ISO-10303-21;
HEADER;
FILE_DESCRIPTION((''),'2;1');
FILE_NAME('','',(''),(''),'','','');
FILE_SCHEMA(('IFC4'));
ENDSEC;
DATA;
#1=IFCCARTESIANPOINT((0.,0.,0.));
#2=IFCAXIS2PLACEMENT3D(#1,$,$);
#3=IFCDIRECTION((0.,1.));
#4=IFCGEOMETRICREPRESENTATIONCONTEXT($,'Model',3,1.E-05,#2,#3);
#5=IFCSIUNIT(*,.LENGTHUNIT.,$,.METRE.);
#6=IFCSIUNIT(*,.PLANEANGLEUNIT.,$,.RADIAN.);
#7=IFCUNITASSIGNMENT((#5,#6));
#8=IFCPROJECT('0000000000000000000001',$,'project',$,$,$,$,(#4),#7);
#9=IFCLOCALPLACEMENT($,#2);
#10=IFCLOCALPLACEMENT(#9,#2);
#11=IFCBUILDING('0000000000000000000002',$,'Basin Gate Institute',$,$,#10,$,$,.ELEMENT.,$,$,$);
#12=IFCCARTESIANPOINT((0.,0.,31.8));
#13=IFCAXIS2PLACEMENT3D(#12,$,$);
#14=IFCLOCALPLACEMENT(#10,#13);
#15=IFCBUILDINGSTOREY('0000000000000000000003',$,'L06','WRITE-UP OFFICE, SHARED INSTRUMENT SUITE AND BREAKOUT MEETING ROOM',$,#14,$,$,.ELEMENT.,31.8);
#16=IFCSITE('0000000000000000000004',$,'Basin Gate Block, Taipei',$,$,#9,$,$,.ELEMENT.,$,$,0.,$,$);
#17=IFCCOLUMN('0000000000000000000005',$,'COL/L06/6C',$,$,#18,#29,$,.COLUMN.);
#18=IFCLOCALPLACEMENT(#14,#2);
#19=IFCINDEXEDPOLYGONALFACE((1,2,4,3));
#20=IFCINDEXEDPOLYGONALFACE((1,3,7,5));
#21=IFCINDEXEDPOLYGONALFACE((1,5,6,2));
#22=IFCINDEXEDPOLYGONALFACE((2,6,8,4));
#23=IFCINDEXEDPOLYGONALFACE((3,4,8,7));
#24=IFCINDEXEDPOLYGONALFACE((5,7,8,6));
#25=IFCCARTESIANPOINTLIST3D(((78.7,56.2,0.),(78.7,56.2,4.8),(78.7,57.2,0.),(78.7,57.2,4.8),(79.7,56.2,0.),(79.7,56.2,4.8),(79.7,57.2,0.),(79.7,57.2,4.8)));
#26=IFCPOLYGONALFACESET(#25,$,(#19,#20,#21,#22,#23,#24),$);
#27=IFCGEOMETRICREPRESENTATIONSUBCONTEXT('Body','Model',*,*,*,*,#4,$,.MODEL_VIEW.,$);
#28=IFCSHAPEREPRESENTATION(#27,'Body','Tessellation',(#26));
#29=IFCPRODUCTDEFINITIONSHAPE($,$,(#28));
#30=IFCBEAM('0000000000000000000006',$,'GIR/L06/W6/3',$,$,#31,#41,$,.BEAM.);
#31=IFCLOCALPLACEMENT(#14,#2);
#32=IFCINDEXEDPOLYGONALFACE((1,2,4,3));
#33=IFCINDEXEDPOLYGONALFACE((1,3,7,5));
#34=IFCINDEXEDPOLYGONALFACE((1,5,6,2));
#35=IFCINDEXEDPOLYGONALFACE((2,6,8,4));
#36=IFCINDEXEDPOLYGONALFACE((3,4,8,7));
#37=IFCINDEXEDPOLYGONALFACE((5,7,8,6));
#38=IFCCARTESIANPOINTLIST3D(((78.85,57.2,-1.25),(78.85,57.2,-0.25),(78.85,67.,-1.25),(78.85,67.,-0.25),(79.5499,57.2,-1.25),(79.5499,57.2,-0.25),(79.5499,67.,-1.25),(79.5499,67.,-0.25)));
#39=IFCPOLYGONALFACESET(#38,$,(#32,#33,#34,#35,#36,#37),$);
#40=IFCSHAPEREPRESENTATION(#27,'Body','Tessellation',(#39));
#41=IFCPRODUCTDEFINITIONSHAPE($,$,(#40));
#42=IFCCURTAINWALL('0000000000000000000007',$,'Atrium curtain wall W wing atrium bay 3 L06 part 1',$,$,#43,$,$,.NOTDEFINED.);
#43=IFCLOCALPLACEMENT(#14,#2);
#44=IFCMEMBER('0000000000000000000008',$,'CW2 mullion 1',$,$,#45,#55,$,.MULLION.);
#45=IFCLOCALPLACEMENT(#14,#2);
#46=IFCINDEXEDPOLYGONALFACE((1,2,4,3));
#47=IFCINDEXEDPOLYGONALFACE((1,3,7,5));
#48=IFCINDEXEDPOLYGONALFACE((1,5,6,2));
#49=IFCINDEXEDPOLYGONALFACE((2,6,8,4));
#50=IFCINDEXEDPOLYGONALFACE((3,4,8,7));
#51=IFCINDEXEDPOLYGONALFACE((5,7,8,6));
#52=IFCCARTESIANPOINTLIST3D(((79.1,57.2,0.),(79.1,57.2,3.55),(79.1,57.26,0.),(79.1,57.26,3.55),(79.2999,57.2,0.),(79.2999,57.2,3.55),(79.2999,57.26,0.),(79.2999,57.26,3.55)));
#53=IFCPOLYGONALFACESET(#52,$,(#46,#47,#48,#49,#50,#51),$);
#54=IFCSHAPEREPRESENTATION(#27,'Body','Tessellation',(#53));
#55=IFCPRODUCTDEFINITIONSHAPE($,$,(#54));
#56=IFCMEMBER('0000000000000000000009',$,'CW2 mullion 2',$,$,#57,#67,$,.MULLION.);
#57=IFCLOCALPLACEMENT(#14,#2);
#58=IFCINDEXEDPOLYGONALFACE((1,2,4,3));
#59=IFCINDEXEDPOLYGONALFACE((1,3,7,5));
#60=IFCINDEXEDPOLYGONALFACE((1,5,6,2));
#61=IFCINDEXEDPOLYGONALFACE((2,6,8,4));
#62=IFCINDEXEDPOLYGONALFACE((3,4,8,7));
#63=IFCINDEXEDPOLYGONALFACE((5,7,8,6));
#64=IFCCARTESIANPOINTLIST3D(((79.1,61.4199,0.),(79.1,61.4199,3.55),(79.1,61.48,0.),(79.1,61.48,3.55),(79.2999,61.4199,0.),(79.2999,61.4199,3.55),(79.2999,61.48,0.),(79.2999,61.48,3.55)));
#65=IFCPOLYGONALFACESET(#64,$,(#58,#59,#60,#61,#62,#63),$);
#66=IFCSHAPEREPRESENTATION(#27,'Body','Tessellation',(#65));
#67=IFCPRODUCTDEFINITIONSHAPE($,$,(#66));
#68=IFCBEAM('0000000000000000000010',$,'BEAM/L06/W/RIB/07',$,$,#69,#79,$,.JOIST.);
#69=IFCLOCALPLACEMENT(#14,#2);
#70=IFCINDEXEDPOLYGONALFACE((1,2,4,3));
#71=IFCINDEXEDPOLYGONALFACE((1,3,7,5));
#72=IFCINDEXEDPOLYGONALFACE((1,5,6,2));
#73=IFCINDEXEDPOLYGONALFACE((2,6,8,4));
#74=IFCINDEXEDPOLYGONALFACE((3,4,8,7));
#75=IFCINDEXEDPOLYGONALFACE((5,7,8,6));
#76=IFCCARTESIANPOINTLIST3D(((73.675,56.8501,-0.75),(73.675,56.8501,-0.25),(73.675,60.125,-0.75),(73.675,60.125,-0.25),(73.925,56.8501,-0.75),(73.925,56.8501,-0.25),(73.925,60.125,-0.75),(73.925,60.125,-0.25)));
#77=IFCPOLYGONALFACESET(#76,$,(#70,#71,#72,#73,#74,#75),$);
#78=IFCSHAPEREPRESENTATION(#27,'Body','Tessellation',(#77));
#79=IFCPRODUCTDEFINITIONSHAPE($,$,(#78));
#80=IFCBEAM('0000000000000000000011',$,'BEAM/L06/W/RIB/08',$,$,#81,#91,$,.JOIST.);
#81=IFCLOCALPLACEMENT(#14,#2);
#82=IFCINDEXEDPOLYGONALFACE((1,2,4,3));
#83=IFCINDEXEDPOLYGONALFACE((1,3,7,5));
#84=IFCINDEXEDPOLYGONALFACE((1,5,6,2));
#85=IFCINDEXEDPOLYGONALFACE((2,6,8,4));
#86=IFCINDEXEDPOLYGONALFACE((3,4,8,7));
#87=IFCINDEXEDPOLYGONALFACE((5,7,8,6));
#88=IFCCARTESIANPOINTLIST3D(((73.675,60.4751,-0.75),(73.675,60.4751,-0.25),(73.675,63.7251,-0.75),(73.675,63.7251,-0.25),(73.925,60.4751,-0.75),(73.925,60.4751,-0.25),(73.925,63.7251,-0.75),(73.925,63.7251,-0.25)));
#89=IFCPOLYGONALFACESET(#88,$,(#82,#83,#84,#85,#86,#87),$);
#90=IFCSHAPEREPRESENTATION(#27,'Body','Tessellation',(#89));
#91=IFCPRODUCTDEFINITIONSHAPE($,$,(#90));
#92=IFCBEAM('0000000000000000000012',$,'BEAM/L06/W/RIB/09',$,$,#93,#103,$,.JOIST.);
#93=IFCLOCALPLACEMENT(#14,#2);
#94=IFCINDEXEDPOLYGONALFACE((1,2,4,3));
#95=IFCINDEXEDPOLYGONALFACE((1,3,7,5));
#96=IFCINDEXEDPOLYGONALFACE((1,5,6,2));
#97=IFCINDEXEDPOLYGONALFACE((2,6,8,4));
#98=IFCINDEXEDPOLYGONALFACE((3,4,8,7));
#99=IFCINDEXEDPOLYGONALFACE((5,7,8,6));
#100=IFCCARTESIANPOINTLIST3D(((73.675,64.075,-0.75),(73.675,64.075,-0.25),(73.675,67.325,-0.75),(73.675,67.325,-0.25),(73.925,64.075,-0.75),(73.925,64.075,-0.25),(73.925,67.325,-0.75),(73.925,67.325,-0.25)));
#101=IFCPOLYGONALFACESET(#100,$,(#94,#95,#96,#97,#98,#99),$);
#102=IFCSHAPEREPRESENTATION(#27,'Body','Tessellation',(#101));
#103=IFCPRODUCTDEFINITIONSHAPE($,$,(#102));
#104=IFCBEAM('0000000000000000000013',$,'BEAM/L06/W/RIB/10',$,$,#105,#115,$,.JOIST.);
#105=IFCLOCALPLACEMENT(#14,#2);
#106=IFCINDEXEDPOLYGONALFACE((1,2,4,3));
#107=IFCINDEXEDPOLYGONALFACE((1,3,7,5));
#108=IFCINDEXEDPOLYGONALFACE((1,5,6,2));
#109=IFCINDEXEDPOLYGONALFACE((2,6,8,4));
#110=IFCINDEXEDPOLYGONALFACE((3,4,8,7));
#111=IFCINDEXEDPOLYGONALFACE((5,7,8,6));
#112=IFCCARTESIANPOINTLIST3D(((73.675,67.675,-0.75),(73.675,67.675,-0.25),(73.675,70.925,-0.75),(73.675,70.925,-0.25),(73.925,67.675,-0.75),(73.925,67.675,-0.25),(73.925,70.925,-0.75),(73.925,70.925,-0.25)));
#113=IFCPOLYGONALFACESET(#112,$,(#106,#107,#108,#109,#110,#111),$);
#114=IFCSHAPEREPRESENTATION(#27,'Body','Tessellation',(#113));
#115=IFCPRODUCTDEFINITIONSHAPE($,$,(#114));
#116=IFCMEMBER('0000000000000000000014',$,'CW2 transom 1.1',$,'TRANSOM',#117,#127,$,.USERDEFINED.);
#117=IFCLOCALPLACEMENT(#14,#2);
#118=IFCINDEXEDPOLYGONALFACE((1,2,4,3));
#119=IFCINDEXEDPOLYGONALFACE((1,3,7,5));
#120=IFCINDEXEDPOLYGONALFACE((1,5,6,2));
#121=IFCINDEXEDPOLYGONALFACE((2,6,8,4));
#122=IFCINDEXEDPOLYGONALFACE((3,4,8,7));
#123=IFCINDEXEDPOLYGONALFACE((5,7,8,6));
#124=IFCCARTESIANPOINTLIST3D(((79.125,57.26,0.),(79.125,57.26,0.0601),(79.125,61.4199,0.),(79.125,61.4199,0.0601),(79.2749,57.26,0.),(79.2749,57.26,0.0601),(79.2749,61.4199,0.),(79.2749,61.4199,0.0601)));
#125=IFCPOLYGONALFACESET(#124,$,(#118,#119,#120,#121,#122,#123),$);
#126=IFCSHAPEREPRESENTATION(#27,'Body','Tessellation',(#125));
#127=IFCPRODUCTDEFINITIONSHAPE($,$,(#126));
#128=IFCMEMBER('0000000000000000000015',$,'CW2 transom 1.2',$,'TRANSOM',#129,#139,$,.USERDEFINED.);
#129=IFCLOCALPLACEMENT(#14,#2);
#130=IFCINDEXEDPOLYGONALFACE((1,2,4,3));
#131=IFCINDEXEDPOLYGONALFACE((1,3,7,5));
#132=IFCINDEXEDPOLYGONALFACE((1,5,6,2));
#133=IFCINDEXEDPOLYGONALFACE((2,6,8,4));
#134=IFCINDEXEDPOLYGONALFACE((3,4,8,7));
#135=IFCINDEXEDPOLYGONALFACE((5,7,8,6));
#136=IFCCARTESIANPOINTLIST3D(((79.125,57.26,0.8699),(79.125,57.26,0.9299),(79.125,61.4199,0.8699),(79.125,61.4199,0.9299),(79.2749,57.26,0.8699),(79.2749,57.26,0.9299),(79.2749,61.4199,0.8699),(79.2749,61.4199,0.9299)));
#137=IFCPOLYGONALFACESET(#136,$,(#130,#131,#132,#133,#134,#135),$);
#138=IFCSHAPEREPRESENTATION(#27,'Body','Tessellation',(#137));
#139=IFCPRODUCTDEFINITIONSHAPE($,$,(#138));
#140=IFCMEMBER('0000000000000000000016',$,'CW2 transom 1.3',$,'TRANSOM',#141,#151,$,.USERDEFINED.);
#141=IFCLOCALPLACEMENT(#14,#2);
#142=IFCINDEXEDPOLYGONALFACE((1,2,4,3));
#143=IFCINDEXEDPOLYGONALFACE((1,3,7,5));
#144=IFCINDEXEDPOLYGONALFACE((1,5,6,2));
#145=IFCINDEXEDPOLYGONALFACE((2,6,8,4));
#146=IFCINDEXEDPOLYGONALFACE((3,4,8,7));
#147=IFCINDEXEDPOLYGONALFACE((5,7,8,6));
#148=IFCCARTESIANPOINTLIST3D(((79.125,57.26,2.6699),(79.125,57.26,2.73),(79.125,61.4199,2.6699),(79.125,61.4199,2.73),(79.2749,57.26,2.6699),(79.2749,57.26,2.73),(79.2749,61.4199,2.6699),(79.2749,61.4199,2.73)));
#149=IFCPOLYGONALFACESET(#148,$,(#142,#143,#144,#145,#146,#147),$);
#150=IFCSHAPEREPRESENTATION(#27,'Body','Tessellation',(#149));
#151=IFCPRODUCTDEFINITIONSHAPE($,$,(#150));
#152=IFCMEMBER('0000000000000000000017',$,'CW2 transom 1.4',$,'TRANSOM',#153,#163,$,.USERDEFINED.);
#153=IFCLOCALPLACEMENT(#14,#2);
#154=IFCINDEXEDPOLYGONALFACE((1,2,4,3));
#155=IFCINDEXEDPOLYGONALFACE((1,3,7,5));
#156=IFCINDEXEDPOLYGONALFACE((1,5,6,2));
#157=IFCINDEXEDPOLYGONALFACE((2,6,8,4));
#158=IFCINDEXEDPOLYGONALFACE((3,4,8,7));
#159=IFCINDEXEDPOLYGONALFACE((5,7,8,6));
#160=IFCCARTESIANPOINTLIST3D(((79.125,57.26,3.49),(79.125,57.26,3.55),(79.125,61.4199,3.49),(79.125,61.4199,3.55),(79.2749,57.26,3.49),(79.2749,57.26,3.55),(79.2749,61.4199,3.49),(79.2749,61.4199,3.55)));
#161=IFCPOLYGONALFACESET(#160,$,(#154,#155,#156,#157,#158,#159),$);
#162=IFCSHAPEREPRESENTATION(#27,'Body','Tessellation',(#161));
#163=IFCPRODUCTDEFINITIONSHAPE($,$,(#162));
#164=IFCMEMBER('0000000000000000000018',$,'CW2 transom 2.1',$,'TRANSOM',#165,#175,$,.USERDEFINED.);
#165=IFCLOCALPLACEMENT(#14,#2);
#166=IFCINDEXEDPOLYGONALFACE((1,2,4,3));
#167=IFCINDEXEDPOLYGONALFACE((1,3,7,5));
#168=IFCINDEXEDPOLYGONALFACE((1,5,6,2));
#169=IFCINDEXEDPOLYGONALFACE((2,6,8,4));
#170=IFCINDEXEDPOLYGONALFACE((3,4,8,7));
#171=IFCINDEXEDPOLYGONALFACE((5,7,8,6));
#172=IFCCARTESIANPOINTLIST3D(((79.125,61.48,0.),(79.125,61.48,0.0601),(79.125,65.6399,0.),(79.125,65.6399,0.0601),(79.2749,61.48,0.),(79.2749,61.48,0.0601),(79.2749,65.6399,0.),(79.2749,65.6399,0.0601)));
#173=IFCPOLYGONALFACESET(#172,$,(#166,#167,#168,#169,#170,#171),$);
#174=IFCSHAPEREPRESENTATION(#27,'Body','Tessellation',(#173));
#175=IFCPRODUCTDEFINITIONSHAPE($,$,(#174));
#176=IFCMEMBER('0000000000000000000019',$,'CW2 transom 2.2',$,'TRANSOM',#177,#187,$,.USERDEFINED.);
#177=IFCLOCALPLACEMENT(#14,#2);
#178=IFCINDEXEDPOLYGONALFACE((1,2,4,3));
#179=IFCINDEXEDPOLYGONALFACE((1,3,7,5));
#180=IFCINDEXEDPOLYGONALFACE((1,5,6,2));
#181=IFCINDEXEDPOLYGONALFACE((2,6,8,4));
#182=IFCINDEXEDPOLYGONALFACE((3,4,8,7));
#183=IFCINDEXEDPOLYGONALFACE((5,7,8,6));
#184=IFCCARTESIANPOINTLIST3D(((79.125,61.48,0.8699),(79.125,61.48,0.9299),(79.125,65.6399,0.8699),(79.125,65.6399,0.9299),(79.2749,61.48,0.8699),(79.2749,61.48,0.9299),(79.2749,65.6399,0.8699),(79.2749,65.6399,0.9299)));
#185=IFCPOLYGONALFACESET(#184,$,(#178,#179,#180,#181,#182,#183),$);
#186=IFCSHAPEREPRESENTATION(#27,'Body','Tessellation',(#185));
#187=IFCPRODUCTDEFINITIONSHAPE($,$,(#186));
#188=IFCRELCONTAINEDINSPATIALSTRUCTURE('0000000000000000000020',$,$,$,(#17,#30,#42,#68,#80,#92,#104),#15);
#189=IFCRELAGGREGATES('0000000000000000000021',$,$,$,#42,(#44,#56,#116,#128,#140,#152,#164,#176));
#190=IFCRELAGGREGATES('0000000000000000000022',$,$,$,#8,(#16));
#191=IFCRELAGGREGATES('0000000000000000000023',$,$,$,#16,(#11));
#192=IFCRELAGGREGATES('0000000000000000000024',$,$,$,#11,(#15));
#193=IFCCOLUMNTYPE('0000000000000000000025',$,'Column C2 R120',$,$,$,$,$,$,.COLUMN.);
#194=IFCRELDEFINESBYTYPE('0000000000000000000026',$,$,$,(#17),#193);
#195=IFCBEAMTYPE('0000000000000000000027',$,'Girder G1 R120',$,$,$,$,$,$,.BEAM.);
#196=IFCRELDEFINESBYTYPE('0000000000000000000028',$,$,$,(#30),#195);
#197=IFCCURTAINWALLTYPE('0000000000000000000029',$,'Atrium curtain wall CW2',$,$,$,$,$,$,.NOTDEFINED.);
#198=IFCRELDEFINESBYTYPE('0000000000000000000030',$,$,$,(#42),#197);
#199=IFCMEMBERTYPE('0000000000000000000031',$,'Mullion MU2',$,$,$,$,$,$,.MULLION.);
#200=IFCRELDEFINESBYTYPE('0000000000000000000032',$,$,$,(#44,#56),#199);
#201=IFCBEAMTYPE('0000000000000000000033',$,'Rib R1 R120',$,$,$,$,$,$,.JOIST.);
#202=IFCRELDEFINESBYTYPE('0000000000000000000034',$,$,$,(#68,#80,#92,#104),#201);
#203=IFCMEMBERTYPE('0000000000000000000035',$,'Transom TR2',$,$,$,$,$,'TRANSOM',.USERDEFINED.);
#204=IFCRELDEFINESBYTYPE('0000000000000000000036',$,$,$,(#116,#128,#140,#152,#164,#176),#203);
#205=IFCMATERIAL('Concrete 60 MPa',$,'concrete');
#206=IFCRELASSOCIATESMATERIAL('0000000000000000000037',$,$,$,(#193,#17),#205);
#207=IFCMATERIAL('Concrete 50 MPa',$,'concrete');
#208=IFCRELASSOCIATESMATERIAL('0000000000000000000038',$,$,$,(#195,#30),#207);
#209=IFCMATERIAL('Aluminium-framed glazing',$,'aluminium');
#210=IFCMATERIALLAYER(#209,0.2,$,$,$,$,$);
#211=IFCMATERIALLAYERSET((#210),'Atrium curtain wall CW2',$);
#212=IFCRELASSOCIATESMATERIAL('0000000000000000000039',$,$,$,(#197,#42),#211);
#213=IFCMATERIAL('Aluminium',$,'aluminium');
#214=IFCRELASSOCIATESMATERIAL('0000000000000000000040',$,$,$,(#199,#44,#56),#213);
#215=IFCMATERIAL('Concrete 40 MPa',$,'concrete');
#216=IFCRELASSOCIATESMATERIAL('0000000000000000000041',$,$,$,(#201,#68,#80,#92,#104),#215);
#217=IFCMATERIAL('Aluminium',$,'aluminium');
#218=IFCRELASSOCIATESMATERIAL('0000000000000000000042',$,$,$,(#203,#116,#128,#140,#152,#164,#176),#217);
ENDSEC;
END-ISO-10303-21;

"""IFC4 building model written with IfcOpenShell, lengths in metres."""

from ifc_helpers import new_model, si_unit, direction, frame, origin, origin_2d, place, context, subcontext, project, spatial, rectangle, extrude, material, layer, layer_set, material_profile, profile_set, type_object, element, aggregate, save


model = new_model("IFC4")

# Units and contexts
model_context = context("Model", 3, precision=1e-05, world=origin(), true_north=direction((0.0, 1.0)))
body_context = subcontext(model_context, "Body", "Model", "MODEL_VIEW")
ifc_project = project(units=[si_unit("LENGTHUNIT", "METRE"), si_unit("PLANEANGLEUNIT", "RADIAN")], contexts=[model_context])

# Site, building, storey
site_placement = place(None, origin())
site = spatial("IfcSite", under=ifc_project, at=site_placement, Name="Basin Gate Block, Taipei", CompositionType="ELEMENT", RefElevation=0.0)
building_placement = place(site_placement, origin())
building = spatial("IfcBuilding", under=site, at=building_placement, Name="Basin Gate Institute", CompositionType="ELEMENT")
storey_placement = place(building_placement, frame((0.0, 0.0, 31.8)))
storey = spatial("IfcBuildingStorey", under=building, at=storey_placement, Name="L06", Description="WRITE-UP OFFICE, SHARED INSTRUMENT SUITE AND BREAKOUT MEETING ROOM", CompositionType="ELEMENT", Elevation=31.8)

# Column
ifc_material_1 = material(Name="Concrete 60 MPa", Category="concrete")
ifc_material_profile_1 = material_profile(ifc_material_1, rectangle(XDim=1.0, YDim=1.0, at=origin_2d()), Name="Column C2 1000 x 1000")
ifc_profile_set_1 = profile_set([ifc_material_profile_1], Name="Concrete 60 MPa")
column_type = type_object("IfcColumnType", Name="Column C2 R120", PredefinedType="COLUMN", material=ifc_profile_set_1)
column_placement = place(storey_placement, frame((79.2, 56.7, 0.0), z_axis=(0.0, 0.0, 1.0), x_axis=(1.0, 0.0, 0.0)))
element("IfcColumn", 1, at=column_placement, inside=storey, type_object=column_type, material=ifc_profile_set_1, Name="COL/L06/6C", PredefinedType="COLUMN", context=body_context, shape_type="SweptSolid", body=[
    extrude(rectangle(XDim=1.0, YDim=1.0, at=origin_2d()), origin(), (0.0, 0.0, 1.0), 4.8),
])

# Beam
ifc_material_2 = material(Name="Concrete 50 MPa", Category="concrete")
ifc_material_profile_2 = material_profile(ifc_material_2, rectangle(XDim=0.7, YDim=1.0, at=origin_2d()), Name="Girder G1 700 x 1000")
ifc_profile_set_2 = profile_set([ifc_material_profile_2], Name="Concrete 50 MPa")
beam_type_1 = type_object("IfcBeamType", Name="Girder G1 R120", PredefinedType="BEAM", material=ifc_profile_set_2)
beam_1_placement = place(storey_placement, frame((79.2, 57.2, -0.75), z_axis=(0.0, 1.0, 0.0), x_axis=(-1.0, 0.0, 0.0)))
element("IfcBeam", 2, at=beam_1_placement, inside=storey, type_object=beam_type_1, material=ifc_profile_set_2, Name="GIR/L06/W6/3", PredefinedType="BEAM", context=body_context, shape_type="SweptSolid", body=[
    extrude(rectangle(XDim=0.7, YDim=1.0, at=origin_2d()), origin(), (0.0, 0.0, 1.0), 9.8),
])

# Curtain wall, members
ifc_material_3 = material(Name="Aluminium-framed glazing", Category="aluminium")
ifc_layer_1 = layer(ifc_material_3, 0.2)
ifc_layer_set_1 = layer_set([ifc_layer_1], Name="Atrium curtain wall CW2")
curtain_wall_type = type_object("IfcCurtainWallType", Name="Atrium curtain wall CW2", PredefinedType="NOTDEFINED", material=ifc_layer_set_1)
curtain_wall_placement = place(storey_placement, origin())
curtain_wall = element("IfcCurtainWall", 3, at=curtain_wall_placement, inside=storey, type_object=curtain_wall_type, material=ifc_layer_set_1, Name="Atrium curtain wall W wing atrium bay 3 L06 part 1", PredefinedType="NOTDEFINED")
ifc_material_4 = material(Name="Aluminium", Category="aluminium")
ifc_material_profile_3 = material_profile(ifc_material_4, rectangle(XDim=0.2, YDim=0.0601, at=origin_2d()), Name="Mullion MU2 200 x 60")
ifc_profile_set_3 = profile_set([ifc_material_profile_3], Name="Aluminium")
member_type_1 = type_object("IfcMemberType", Name="Mullion MU2", PredefinedType="MULLION", material=ifc_profile_set_3)
member_1_placement = place(storey_placement, frame((79.2, 57.23, 0.0), z_axis=(0.0, 0.0, 1.0), x_axis=(-1.0, 0.0, 0.0)))
member_1 = element("IfcMember", 4, at=member_1_placement, type_object=member_type_1, material=ifc_profile_set_3, Name="CW2 mullion 1", PredefinedType="MULLION", context=body_context, shape_type="SweptSolid", body=[
    extrude(rectangle(XDim=0.2, YDim=0.0601, at=origin_2d()), origin(), (0.0, 0.0, 1.0), 3.55),
])
member_2_placement = place(storey_placement, frame((79.2, 61.45, 0.0), z_axis=(0.0, 0.0, 1.0), x_axis=(-1.0, 0.0, 0.0)))
member_2 = element("IfcMember", 5, at=member_2_placement, type_object=member_type_1, material=ifc_profile_set_3, Name="CW2 mullion 2", PredefinedType="MULLION", context=body_context, shape_type="SweptSolid", body=[
    extrude(rectangle(XDim=0.2, YDim=0.0601, at=origin_2d()), origin(), (0.0, 0.0, 1.0), 3.55),
])

# Beams
ifc_material_5 = material(Name="Concrete 40 MPa", Category="concrete")
ifc_material_profile_4 = material_profile(ifc_material_5, rectangle(XDim=0.25, YDim=0.5, at=origin_2d()), Name="Rib R1 250 x 500")
ifc_profile_set_4 = profile_set([ifc_material_profile_4], Name="Concrete 40 MPa")
beam_type_2 = type_object("IfcBeamType", Name="Rib R1 R120", PredefinedType="JOIST", material=ifc_profile_set_4)
beam_2_placement = place(storey_placement, frame((73.8, 56.8501, -0.5), z_axis=(0.0, 1.0, 0.0), x_axis=(-1.0, 0.0, 0.0)))
element("IfcBeam", 6, at=beam_2_placement, inside=storey, type_object=beam_type_2, material=ifc_profile_set_4, Name="BEAM/L06/W/RIB/07", PredefinedType="JOIST", context=body_context, shape_type="SweptSolid", body=[
    extrude(rectangle(XDim=0.25, YDim=0.5, at=origin_2d()), origin(), (0.0, 0.0, 1.0), 3.2749),
])
for number, where, z_axis, x_axis, name in (
    (7, (73.8, 60.4751, -0.5), (0.0, 1.0, 0.0), (-1.0, 0.0, 0.0), "BEAM/L06/W/RIB/08"),
    (8, (73.8, 64.075, -0.5), (0.0, 1.0, 0.0), (-1.0, 0.0, 0.0), "BEAM/L06/W/RIB/09"),
    (9, (73.8, 67.675, -0.5), (0.0, 1.0, 0.0), (-1.0, 0.0, 0.0), "BEAM/L06/W/RIB/10"),
):
    element("IfcBeam", number, at=place(storey_placement, frame(where, z_axis=z_axis, x_axis=x_axis)), inside=storey, type_object=beam_type_2, material=ifc_profile_set_4, Name=name, PredefinedType="JOIST", context=body_context, shape_type="SweptSolid", body=[
        extrude(rectangle(XDim=0.25, YDim=0.5, at=origin_2d()), origin(), (0.0, 0.0, 1.0), 3.25),
    ])

# Members
ifc_material_6 = material(Name="Aluminium", Category="aluminium")
ifc_material_profile_5 = material_profile(ifc_material_6, rectangle(XDim=0.1499, YDim=0.0601, at=origin_2d()), Name="Transom TR2 150 x 60")
ifc_profile_set_5 = profile_set([ifc_material_profile_5], Name="Aluminium")
member_type_2 = type_object("IfcMemberType", Name="Transom TR2", ElementType="TRANSOM", PredefinedType="USERDEFINED", material=ifc_profile_set_5)
member_3_placement = place(storey_placement, frame((79.2, 57.26, 0.03), z_axis=(0.0, 1.0, 0.0), x_axis=(-1.0, 0.0, 0.0)))
member_3 = element("IfcMember", 10, at=member_3_placement, type_object=member_type_2, material=ifc_profile_set_5, Name="CW2 transom 1.1", ObjectType="TRANSOM", PredefinedType="USERDEFINED", context=body_context, shape_type="SweptSolid", body=[
    extrude(rectangle(XDim=0.1499, YDim=0.0601, at=origin_2d()), origin(), (0.0, 0.0, 1.0), 4.1599),
])
member_4_placement = place(storey_placement, frame((79.2, 57.26, 0.8999), z_axis=(0.0, 1.0, 0.0), x_axis=(-1.0, 0.0, 0.0)))
member_4 = element("IfcMember", 11, at=member_4_placement, type_object=member_type_2, material=ifc_profile_set_5, Name="CW2 transom 1.2", ObjectType="TRANSOM", PredefinedType="USERDEFINED", context=body_context, shape_type="SweptSolid", body=[
    extrude(rectangle(XDim=0.1499, YDim=0.0601, at=origin_2d()), origin(), (0.0, 0.0, 1.0), 4.1599),
])
member_5_placement = place(storey_placement, frame((79.2, 57.26, 2.7), z_axis=(0.0, 1.0, 0.0), x_axis=(-1.0, 0.0, 0.0)))
member_5 = element("IfcMember", 12, at=member_5_placement, type_object=member_type_2, material=ifc_profile_set_5, Name="CW2 transom 1.3", ObjectType="TRANSOM", PredefinedType="USERDEFINED", context=body_context, shape_type="SweptSolid", body=[
    extrude(rectangle(XDim=0.1499, YDim=0.0601, at=origin_2d()), origin(), (0.0, 0.0, 1.0), 4.1599),
])
member_6_placement = place(storey_placement, frame((79.2, 57.26, 3.52), z_axis=(0.0, 1.0, 0.0), x_axis=(-1.0, 0.0, 0.0)))
member_6 = element("IfcMember", 13, at=member_6_placement, type_object=member_type_2, material=ifc_profile_set_5, Name="CW2 transom 1.4", ObjectType="TRANSOM", PredefinedType="USERDEFINED", context=body_context, shape_type="SweptSolid", body=[
    extrude(rectangle(XDim=0.1499, YDim=0.0601, at=origin_2d()), origin(), (0.0, 0.0, 1.0), 4.1599),
])
member_7_placement = place(storey_placement, frame((79.2, 61.48, 0.03), z_axis=(0.0, 1.0, 0.0), x_axis=(-1.0, 0.0, 0.0)))
member_7 = element("IfcMember", 14, at=member_7_placement, type_object=member_type_2, material=ifc_profile_set_5, Name="CW2 transom 2.1", ObjectType="TRANSOM", PredefinedType="USERDEFINED", context=body_context, shape_type="SweptSolid", body=[
    extrude(rectangle(XDim=0.1499, YDim=0.0601, at=origin_2d()), origin(), (0.0, 0.0, 1.0), 4.1599),
])
member_8_placement = place(storey_placement, frame((79.2, 61.48, 0.8999), z_axis=(0.0, 1.0, 0.0), x_axis=(-1.0, 0.0, 0.0)))
member_8 = element("IfcMember", 15, at=member_8_placement, type_object=member_type_2, material=ifc_profile_set_5, Name="CW2 transom 2.2", ObjectType="TRANSOM", PredefinedType="USERDEFINED", context=body_context, shape_type="SweptSolid", body=[
    extrude(rectangle(XDim=0.1499, YDim=0.0601, at=origin_2d()), origin(), (0.0, 0.0, 1.0), 4.1599),
])

aggregate(curtain_wall, [member_1, member_2, member_3, member_4, member_5, member_6, member_7, member_8])

save(model, "model.ifc")
